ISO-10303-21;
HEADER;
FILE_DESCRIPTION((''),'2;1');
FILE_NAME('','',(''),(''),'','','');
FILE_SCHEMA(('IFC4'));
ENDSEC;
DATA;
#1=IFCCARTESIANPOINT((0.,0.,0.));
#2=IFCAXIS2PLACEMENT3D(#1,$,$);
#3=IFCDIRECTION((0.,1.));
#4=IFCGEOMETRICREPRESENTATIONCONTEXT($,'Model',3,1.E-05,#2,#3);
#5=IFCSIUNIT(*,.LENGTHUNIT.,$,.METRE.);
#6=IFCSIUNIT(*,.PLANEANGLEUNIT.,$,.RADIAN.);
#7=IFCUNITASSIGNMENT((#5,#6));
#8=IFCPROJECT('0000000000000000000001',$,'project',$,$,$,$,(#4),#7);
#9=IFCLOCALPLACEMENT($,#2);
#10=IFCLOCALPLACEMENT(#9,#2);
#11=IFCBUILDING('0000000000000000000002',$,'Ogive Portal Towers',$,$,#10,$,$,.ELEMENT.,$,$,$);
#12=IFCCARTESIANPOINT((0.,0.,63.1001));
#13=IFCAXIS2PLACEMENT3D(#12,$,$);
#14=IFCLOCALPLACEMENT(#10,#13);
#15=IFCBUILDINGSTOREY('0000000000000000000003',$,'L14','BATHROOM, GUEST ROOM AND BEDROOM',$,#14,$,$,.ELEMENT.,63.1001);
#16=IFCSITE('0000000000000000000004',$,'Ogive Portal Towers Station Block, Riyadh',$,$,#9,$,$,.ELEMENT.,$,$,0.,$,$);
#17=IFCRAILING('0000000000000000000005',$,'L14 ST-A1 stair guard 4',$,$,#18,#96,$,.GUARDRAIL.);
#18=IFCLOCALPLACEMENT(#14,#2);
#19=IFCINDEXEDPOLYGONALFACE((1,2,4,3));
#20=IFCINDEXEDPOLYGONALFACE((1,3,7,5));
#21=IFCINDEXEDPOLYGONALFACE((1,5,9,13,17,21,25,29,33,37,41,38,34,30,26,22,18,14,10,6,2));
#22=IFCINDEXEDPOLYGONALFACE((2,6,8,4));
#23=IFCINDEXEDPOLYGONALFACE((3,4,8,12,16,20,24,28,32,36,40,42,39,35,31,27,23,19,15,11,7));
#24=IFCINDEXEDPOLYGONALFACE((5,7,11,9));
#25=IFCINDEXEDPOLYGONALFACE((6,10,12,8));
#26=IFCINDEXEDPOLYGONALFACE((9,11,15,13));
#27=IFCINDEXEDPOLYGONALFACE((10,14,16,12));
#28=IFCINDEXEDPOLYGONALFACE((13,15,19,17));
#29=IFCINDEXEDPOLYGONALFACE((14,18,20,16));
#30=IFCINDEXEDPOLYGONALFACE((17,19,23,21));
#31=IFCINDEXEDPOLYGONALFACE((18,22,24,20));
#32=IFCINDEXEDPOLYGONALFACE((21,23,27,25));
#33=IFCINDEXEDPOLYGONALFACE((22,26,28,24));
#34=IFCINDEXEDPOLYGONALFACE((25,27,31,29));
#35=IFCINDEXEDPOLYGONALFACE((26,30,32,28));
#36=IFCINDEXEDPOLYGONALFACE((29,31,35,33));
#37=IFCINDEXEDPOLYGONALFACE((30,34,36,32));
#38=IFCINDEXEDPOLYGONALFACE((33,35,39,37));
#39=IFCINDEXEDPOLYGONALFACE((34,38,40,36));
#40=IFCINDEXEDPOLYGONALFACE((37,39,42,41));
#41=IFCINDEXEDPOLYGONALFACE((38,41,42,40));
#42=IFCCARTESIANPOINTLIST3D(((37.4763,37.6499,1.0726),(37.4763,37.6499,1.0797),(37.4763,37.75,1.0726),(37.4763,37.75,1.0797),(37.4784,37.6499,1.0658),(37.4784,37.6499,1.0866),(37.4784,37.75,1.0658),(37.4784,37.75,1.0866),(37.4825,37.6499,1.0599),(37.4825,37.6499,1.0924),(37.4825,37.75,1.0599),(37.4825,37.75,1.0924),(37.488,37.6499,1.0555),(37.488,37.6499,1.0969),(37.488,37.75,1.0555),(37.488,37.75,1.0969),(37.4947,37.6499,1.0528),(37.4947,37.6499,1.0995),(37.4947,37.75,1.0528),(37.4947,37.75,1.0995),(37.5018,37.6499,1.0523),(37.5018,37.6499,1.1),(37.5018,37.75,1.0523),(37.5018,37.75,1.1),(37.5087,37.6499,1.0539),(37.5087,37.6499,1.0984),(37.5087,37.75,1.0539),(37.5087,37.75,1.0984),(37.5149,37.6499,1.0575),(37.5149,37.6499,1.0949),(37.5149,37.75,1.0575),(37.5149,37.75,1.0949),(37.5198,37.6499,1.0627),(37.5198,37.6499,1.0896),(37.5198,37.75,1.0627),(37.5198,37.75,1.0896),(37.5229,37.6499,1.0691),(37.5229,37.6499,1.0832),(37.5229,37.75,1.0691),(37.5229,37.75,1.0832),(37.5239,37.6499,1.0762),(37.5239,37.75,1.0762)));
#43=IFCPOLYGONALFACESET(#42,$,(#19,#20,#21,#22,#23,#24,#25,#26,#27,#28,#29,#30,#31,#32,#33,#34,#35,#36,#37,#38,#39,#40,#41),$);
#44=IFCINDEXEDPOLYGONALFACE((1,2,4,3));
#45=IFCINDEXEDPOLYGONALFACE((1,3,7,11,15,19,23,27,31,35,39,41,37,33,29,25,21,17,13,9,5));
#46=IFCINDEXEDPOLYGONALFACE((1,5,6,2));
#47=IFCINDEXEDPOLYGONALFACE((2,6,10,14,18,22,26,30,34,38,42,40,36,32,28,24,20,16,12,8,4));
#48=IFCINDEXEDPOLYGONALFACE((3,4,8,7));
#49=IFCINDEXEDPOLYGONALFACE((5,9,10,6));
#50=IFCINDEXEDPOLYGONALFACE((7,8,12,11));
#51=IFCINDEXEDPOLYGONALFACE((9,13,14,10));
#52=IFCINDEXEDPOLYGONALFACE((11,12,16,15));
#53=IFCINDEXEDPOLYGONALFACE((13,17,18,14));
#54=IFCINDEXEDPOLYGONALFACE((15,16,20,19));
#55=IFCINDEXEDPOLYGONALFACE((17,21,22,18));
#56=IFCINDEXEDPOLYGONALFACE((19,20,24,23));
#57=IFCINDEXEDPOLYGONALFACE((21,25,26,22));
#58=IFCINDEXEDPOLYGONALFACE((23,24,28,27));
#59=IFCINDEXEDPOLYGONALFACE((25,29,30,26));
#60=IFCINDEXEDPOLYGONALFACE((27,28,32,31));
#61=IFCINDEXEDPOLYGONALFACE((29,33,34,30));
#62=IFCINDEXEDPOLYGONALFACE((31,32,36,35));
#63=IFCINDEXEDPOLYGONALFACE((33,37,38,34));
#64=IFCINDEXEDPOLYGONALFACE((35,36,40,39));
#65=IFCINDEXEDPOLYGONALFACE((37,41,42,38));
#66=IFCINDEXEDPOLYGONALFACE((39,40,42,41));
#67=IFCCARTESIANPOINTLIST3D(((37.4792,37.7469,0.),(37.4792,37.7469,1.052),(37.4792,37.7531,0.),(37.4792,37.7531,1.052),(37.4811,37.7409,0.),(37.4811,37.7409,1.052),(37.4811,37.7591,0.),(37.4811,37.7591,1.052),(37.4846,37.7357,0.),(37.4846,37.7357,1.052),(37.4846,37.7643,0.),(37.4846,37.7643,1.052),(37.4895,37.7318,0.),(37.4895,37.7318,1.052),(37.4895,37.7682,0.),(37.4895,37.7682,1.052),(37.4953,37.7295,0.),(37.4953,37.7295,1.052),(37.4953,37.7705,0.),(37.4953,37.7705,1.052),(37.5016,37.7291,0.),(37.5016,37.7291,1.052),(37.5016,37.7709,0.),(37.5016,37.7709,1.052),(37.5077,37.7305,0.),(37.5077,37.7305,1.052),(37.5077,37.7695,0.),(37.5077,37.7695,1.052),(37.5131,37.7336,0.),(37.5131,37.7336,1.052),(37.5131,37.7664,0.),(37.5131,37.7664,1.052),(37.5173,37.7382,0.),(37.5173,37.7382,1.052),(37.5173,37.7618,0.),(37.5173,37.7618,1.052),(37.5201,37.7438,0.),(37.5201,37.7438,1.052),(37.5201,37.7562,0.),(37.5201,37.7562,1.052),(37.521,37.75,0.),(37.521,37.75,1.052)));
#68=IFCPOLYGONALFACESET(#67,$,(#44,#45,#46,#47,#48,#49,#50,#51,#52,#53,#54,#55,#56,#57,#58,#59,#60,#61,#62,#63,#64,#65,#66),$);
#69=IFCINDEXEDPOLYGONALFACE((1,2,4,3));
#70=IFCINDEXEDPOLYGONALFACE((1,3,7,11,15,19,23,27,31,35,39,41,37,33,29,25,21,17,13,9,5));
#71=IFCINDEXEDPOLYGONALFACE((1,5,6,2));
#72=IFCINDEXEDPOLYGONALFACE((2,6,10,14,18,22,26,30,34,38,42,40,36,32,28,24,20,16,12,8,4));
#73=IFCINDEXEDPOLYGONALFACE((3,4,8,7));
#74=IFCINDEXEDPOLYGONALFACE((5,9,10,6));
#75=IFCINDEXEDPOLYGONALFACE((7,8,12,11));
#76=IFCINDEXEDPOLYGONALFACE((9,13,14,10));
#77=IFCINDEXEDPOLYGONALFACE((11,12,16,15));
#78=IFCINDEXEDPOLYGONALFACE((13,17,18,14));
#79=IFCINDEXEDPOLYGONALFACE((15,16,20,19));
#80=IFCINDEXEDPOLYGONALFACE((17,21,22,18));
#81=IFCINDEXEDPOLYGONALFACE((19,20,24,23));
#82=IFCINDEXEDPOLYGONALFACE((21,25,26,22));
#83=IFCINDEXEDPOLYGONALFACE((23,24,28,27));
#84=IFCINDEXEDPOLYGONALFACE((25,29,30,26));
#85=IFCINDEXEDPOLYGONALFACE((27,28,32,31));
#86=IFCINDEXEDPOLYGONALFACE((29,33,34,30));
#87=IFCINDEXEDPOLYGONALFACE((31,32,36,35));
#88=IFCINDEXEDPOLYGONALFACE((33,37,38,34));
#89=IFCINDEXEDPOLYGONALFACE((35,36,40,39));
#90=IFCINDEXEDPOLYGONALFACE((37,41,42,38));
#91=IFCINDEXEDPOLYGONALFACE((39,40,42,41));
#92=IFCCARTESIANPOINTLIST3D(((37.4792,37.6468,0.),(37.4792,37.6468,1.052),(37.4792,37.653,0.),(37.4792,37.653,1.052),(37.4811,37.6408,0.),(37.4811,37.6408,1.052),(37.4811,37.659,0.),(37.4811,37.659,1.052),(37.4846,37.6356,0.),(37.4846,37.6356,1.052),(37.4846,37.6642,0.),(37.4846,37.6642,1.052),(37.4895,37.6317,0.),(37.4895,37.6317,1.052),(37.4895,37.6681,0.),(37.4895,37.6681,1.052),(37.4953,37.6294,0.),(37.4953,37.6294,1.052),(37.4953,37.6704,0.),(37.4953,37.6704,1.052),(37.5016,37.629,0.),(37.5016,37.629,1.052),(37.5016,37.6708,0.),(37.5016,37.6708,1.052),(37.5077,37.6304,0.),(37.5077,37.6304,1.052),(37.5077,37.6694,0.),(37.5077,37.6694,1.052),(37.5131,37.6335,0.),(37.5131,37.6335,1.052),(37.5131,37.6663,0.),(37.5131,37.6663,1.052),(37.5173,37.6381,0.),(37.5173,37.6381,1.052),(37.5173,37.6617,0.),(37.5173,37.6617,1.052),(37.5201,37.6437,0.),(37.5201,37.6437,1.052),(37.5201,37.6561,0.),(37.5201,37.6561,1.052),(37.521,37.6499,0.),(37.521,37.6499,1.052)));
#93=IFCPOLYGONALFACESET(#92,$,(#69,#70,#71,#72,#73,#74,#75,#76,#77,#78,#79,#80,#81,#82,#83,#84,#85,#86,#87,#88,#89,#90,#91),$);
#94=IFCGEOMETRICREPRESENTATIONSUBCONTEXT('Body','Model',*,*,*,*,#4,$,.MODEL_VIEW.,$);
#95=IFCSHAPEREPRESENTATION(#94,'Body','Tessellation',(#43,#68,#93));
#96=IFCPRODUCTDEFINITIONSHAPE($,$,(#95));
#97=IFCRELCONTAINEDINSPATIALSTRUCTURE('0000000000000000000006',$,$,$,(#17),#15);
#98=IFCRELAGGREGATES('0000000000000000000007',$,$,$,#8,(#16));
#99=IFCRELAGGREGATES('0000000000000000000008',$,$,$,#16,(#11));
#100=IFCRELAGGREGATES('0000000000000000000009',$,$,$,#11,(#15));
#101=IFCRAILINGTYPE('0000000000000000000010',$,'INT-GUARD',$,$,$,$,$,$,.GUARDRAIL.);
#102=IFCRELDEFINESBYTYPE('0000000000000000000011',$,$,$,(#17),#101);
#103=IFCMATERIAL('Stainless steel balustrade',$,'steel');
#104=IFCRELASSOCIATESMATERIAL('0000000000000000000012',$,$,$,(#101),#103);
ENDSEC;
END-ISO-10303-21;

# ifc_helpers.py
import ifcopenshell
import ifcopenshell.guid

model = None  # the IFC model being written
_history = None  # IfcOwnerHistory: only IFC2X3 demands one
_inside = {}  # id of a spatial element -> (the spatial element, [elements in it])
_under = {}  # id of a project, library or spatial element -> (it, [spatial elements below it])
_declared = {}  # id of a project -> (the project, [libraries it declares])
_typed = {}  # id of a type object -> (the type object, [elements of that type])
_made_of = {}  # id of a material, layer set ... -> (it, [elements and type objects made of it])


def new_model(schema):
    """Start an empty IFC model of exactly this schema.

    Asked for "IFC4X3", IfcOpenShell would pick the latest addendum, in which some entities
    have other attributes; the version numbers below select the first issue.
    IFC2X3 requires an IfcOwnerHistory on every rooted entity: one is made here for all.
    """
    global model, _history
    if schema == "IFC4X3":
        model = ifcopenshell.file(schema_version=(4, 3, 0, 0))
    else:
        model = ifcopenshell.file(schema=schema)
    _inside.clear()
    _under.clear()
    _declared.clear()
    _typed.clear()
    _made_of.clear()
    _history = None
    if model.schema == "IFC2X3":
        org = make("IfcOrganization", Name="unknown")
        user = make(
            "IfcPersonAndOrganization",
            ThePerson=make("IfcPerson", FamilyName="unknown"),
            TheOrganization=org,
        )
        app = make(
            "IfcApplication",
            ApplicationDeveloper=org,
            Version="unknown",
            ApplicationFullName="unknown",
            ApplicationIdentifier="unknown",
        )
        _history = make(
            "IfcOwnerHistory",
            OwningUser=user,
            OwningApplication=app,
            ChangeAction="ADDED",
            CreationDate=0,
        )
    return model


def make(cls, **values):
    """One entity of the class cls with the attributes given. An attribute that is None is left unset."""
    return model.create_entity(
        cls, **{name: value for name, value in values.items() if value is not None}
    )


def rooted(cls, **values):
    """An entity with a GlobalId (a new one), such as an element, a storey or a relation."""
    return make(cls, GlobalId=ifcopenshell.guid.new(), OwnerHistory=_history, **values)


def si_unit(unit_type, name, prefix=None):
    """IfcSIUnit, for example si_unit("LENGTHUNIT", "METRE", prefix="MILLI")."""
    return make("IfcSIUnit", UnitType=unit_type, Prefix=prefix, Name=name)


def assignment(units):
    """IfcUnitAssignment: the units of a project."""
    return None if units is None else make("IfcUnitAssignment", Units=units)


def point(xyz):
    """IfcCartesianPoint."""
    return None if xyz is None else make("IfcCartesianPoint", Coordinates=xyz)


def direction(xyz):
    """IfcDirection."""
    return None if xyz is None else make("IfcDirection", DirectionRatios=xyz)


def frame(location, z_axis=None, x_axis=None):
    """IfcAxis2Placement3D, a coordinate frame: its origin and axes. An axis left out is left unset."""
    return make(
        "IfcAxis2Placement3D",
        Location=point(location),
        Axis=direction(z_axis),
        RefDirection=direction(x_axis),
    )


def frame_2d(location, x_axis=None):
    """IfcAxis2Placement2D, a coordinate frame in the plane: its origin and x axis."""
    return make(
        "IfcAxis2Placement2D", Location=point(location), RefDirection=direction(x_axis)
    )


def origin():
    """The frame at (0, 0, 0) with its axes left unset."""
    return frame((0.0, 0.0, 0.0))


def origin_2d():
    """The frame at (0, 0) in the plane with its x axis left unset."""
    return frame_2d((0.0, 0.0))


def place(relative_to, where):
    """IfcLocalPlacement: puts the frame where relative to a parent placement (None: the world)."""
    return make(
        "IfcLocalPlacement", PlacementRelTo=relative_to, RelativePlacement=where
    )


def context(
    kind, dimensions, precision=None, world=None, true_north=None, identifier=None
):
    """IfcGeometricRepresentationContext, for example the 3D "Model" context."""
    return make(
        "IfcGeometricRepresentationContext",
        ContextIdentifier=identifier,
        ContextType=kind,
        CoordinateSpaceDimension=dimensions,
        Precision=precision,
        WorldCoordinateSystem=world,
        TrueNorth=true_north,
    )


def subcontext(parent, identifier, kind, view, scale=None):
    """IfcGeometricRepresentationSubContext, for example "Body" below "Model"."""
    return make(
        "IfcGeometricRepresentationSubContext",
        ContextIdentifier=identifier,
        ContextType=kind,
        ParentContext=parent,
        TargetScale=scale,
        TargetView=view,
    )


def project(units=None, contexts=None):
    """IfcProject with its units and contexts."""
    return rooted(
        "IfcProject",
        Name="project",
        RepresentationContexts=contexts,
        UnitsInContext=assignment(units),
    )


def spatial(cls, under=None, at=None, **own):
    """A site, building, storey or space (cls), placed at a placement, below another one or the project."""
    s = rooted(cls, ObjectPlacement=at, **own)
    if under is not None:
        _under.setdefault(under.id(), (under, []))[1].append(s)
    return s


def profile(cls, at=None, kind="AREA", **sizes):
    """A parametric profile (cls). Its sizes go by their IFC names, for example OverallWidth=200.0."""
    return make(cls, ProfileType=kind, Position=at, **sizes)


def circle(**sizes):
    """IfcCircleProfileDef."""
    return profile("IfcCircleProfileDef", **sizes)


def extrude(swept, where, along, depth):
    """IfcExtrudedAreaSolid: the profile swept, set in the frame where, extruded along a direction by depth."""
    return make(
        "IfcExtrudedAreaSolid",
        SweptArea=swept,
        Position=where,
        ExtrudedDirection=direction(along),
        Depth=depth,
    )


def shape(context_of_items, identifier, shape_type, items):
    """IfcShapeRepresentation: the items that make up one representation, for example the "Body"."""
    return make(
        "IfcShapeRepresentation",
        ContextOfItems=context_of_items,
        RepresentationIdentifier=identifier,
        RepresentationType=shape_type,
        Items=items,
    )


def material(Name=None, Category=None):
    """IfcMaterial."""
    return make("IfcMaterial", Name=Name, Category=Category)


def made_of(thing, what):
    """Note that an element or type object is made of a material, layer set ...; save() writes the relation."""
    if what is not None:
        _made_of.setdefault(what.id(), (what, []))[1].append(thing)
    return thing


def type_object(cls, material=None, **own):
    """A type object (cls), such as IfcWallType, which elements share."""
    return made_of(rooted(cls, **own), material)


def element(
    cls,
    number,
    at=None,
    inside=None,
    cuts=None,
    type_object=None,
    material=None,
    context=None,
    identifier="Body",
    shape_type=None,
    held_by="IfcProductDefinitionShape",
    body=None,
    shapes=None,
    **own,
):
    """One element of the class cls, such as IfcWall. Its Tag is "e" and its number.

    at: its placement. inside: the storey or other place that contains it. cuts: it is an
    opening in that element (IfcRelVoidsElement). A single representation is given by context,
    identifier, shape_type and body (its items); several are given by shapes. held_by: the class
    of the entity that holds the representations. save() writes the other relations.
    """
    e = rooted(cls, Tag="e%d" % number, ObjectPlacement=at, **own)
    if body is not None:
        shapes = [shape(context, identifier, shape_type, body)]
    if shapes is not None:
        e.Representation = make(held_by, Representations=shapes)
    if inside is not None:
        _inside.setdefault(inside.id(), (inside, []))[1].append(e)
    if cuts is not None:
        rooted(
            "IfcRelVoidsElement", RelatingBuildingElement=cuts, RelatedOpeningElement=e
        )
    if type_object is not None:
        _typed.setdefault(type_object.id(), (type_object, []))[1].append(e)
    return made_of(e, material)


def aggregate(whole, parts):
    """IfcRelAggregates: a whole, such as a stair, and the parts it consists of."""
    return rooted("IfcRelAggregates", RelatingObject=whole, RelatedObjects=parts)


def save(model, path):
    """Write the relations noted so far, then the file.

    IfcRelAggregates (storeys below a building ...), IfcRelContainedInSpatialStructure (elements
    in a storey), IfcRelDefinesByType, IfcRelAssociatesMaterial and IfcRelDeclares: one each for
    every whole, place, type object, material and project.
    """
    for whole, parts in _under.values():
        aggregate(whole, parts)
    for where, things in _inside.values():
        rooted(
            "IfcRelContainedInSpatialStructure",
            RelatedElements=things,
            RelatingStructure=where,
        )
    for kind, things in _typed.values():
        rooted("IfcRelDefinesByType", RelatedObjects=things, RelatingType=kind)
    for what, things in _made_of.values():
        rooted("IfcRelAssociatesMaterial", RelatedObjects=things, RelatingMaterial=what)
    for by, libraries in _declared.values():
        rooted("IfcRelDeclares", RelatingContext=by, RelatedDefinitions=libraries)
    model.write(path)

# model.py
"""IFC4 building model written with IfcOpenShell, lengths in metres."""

from ifc_helpers import new_model, si_unit, direction, frame, origin, origin_2d, place, context, subcontext, project, spatial, circle, extrude, material, type_object, element, save


model = new_model("IFC4")

# Units and contexts
model_context = context("Model", 3, precision=1e-05, world=origin(), true_north=direction((0.0, 1.0)))
body_context = subcontext(model_context, "Body", "Model", "MODEL_VIEW")
ifc_project = project(units=[si_unit("LENGTHUNIT", "METRE"), si_unit("PLANEANGLEUNIT", "RADIAN")], contexts=[model_context])

# Site, building, storey
site_placement = place(None, origin())
site = spatial("IfcSite", under=ifc_project, at=site_placement, Name="Ogive Portal Towers Station Block, Riyadh", CompositionType="ELEMENT", RefElevation=0.0)
building_placement = place(site_placement, origin())
building = spatial("IfcBuilding", under=site, at=building_placement, Name="Ogive Portal Towers", CompositionType="ELEMENT")
storey_placement = place(building_placement, frame((0.0, 0.0, 63.1001)))
storey = spatial("IfcBuildingStorey", under=building, at=storey_placement, Name="L14", Description="BATHROOM, GUEST ROOM AND BEDROOM", CompositionType="ELEMENT", Elevation=63.1001)

# Railing
ifc_material_1 = material(Name="Stainless steel balustrade", Category="steel")
railing_type = type_object("IfcRailingType", Name="INT-GUARD", PredefinedType="GUARDRAIL", material=ifc_material_1)
railing_placement = place(storey_placement, frame((37.5, 37.75, 0.0)))
element("IfcRailing", 1, at=railing_placement, inside=storey, type_object=railing_type, Name="L14 ST-A1 stair guard 4", PredefinedType="GUARDRAIL", context=body_context, shape_type="SweptSolid", body=[
    extrude(circle(Radius=0.0239, at=origin_2d()), frame((0.0, 0.0, 1.0762), z_axis=(0.0, -1.0, 0.0), x_axis=(1.0, 0.0, 0.0)), (0.0, 0.0, 1.0), 0.1001),
    extrude(circle(Radius=0.021, at=origin_2d()), origin(), (0.0, 0.0, 1.0), 1.052),
    extrude(circle(Radius=0.021, at=origin_2d()), frame((0.0, -0.1001, 0.0)), (0.0, 0.0, 1.0), 1.052),
])

save(model, "model.ifc")
